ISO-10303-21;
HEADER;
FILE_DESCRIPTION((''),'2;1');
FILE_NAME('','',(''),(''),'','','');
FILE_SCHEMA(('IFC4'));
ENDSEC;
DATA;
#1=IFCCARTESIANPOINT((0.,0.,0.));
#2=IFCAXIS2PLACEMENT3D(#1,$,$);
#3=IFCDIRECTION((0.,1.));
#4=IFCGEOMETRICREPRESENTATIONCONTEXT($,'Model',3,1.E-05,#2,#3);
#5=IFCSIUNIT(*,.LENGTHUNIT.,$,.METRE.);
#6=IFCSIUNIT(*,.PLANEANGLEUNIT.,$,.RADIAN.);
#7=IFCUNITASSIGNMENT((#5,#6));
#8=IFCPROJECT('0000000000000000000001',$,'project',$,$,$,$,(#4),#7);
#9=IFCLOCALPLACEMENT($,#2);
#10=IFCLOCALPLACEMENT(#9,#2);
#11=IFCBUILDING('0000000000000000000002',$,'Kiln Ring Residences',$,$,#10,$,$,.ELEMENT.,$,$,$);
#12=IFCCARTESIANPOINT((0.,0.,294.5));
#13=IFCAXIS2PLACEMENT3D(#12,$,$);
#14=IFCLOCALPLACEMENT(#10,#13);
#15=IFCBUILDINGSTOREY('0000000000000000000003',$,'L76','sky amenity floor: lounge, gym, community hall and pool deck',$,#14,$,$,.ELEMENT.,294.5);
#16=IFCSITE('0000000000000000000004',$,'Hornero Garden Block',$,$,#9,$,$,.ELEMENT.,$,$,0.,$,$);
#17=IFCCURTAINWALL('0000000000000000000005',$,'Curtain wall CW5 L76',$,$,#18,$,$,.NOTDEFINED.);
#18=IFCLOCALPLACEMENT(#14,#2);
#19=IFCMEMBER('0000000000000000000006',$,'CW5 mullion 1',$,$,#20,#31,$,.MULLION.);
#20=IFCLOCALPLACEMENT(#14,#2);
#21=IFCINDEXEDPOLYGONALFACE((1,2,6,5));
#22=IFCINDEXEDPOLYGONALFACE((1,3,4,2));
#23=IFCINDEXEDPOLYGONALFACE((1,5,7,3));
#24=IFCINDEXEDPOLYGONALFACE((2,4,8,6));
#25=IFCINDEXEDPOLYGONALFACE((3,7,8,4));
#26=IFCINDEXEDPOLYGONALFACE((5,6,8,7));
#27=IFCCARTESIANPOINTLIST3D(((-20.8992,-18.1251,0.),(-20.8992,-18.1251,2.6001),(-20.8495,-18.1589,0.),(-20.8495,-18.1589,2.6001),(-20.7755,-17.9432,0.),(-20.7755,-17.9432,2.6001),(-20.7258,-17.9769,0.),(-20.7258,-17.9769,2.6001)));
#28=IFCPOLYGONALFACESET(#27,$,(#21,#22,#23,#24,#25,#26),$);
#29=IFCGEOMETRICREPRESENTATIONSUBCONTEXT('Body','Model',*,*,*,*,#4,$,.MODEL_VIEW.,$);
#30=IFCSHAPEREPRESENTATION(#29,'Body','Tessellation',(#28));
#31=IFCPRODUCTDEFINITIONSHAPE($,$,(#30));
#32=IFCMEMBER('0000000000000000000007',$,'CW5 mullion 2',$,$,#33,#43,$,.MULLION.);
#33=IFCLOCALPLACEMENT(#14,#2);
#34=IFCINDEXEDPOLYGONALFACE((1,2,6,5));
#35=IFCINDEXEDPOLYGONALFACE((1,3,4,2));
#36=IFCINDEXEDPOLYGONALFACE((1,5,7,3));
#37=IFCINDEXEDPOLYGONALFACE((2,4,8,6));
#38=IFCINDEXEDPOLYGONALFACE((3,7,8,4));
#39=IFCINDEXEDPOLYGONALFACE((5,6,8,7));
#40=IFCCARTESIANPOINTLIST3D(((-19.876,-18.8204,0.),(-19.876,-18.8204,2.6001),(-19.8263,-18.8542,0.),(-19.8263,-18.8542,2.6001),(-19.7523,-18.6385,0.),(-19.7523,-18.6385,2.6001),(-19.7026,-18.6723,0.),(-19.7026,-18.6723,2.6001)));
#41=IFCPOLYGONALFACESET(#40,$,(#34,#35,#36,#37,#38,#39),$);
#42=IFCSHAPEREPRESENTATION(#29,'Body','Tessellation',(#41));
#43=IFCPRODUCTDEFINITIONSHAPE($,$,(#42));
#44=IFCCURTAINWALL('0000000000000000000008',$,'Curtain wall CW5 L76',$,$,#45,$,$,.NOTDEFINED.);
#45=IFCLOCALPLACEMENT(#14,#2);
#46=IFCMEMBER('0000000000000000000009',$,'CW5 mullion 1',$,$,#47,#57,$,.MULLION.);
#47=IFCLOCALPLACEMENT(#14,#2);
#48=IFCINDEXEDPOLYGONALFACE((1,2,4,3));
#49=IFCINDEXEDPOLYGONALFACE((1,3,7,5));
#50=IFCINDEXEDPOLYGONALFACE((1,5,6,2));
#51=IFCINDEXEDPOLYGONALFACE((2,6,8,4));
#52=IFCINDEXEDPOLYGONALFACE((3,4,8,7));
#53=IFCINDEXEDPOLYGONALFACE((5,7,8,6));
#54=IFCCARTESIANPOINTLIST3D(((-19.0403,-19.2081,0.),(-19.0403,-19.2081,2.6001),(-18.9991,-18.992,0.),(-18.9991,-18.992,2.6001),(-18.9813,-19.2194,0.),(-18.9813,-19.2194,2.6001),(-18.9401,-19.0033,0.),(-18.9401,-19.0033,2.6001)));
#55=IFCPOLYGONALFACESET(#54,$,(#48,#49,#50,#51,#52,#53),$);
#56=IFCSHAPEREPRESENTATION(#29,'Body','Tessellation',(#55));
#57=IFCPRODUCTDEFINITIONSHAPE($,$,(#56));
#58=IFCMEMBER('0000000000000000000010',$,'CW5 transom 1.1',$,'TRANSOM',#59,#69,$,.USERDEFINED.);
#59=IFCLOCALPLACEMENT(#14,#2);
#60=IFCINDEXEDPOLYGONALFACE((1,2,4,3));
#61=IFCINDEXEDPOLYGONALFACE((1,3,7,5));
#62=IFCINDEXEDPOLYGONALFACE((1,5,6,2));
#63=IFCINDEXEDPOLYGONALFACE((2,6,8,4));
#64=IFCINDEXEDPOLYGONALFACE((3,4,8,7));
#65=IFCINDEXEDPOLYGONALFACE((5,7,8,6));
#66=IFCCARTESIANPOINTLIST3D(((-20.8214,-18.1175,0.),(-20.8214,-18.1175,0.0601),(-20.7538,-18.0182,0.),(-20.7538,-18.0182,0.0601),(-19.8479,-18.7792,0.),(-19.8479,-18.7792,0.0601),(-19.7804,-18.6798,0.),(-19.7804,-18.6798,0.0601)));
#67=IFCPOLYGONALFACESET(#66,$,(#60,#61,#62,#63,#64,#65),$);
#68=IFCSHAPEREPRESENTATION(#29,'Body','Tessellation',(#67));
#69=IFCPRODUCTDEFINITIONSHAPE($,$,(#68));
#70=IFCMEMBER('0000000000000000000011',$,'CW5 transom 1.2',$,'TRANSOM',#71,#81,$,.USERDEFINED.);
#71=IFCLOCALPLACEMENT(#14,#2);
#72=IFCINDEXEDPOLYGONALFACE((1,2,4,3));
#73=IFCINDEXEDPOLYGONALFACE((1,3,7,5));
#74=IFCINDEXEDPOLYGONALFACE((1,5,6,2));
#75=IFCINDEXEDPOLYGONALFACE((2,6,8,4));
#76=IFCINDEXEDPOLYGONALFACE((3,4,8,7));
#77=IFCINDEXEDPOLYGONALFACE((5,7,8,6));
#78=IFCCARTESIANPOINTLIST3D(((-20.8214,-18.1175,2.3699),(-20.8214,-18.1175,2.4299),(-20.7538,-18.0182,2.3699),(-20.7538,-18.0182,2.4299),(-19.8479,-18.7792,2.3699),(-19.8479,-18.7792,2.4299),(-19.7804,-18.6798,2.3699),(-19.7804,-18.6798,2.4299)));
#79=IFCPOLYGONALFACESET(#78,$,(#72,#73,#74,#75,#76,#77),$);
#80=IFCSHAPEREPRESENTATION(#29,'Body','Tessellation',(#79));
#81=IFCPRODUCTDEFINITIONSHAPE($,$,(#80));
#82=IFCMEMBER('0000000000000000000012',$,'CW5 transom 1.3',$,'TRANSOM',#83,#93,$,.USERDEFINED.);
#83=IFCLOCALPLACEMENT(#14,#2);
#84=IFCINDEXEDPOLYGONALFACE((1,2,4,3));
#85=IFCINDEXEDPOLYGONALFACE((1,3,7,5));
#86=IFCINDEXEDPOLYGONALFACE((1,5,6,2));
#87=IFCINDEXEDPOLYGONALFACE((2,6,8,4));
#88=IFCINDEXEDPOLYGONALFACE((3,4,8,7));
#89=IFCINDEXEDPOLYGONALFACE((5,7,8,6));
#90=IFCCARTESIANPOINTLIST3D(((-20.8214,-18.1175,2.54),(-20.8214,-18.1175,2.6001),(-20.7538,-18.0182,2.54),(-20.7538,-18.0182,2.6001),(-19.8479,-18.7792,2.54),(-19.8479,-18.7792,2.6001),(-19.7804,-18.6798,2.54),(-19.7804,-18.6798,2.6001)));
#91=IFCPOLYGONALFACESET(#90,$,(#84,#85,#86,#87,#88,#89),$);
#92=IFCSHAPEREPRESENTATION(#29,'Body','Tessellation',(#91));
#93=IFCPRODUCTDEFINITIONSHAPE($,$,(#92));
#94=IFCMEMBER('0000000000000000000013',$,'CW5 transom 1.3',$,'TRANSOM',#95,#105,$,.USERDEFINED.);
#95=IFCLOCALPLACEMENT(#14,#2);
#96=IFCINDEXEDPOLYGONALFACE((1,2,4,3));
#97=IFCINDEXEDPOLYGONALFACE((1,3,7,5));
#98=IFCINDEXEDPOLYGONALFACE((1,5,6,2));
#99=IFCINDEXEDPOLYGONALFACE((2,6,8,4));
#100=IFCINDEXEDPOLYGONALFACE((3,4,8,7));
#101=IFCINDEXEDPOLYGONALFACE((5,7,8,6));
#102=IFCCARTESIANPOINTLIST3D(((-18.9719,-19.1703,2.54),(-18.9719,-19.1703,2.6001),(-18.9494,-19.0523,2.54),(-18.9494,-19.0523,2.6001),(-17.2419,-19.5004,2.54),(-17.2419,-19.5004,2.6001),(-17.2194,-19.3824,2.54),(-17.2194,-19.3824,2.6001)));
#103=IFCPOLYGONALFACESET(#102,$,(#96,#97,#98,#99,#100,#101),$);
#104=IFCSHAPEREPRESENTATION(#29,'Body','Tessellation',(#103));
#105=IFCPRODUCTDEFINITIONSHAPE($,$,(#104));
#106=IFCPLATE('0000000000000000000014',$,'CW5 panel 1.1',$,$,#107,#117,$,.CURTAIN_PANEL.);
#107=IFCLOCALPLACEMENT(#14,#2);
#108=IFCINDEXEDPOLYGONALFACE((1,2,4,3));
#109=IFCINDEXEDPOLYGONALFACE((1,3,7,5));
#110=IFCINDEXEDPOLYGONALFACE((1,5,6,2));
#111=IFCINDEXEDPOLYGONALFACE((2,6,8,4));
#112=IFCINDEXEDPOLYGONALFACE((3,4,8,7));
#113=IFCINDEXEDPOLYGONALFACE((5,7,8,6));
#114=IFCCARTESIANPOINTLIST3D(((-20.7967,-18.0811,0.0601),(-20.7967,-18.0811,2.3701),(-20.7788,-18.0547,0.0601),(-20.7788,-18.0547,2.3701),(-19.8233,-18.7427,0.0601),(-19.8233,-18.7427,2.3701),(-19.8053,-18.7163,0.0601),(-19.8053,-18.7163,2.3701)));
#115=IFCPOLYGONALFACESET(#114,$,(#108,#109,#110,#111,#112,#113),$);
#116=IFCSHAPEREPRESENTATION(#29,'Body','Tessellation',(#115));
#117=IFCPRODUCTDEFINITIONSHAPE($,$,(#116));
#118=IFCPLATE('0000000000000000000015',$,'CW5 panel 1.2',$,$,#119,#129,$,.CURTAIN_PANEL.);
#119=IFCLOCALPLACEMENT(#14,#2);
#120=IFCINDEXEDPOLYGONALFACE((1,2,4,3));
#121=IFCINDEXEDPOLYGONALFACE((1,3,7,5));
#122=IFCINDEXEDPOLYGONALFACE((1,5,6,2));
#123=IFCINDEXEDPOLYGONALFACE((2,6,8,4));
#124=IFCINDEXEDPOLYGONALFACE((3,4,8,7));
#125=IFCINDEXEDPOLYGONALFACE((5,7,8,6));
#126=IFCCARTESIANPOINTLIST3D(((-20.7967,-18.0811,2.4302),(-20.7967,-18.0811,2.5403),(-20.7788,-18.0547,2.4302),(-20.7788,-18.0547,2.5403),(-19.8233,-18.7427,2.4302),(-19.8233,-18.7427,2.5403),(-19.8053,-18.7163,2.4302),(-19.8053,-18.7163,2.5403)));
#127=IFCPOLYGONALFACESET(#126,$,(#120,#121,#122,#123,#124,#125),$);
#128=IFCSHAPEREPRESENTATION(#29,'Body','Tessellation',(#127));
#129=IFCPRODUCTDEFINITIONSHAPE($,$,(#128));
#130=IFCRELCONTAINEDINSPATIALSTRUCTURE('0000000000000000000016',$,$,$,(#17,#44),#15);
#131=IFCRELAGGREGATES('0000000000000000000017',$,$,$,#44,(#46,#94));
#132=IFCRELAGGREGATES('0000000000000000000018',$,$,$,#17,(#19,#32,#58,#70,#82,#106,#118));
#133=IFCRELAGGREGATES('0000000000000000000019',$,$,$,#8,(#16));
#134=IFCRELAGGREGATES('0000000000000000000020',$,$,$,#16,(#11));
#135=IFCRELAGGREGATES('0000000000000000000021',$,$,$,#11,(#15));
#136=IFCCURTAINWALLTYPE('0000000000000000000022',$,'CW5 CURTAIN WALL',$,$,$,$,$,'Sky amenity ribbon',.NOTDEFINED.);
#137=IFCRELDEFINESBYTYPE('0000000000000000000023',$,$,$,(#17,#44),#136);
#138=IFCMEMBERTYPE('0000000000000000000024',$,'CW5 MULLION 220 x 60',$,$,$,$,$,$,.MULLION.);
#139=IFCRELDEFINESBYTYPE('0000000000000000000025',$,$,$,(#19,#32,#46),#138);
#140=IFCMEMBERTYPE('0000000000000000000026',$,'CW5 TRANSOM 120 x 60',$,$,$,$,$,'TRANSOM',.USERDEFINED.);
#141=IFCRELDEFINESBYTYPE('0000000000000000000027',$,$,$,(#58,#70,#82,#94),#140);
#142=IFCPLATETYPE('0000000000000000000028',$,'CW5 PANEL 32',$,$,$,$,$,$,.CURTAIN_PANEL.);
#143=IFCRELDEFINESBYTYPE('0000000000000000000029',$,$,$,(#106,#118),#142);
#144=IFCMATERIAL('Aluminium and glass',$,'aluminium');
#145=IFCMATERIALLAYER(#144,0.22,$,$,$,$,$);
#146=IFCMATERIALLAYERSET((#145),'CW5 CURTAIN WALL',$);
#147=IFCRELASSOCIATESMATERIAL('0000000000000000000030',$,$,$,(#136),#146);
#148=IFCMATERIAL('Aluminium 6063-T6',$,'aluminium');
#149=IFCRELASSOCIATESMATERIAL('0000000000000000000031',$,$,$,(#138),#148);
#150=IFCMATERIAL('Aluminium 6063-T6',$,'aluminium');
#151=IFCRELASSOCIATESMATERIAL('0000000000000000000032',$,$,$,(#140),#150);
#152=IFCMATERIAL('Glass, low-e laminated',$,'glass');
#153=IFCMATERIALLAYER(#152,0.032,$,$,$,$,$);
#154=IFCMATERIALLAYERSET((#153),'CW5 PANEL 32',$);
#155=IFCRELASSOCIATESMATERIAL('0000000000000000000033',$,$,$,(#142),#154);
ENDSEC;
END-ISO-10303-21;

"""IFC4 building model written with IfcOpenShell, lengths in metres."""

from ifc_helpers import new_model, si_unit, direction, frame, origin, origin_2d, place, context, subcontext, project, spatial, rectangle, extrude, material, layer, layer_set, material_profile, profile_set, type_object, element, aggregate, save


model = new_model("IFC4")

# Units and contexts
model_context = context("Model", 3, precision=1e-05, world=origin(), true_north=direction((0.0, 1.0)))
body_context = subcontext(model_context, "Body", "Model", "MODEL_VIEW")
ifc_project = project(units=[si_unit("LENGTHUNIT", "METRE"), si_unit("PLANEANGLEUNIT", "RADIAN")], contexts=[model_context])

# Site, building, storey
site_placement = place(None, origin())
site = spatial("IfcSite", under=ifc_project, at=site_placement, Name="Hornero Garden Block", CompositionType="ELEMENT", RefElevation=0.0)
building_placement = place(site_placement, origin())
building = spatial("IfcBuilding", under=site, at=building_placement, Name="Kiln Ring Residences", CompositionType="ELEMENT")
storey_placement = place(building_placement, frame((0.0, 0.0, 294.5)))
storey = spatial("IfcBuildingStorey", under=building, at=storey_placement, Name="L76", Description="sky amenity floor: lounge, gym, community hall and pool deck", CompositionType="ELEMENT", Elevation=294.5)

# Curtain wall, members
ifc_material_1 = material(Name="Aluminium and glass", Category="aluminium")
ifc_layer_1 = layer(ifc_material_1, 0.22)
ifc_layer_set_1 = layer_set([ifc_layer_1], Name="CW5 CURTAIN WALL")
curtain_wall_type = type_object("IfcCurtainWallType", Name="CW5 CURTAIN WALL", ElementType="Sky amenity ribbon", PredefinedType="NOTDEFINED", material=ifc_layer_set_1)
placement = place(storey_placement, origin())
curtain_wall_1 = element("IfcCurtainWall", 1, at=placement, inside=storey, type_object=curtain_wall_type, Name="Curtain wall CW5 L76", PredefinedType="NOTDEFINED")
ifc_material_2 = material(Name="Aluminium 6063-T6", Category="aluminium")
ifc_material_profile_1 = material_profile(ifc_material_2, rectangle(XDim=0.22, YDim=0.0601, at=origin_2d()), Name="AL 220x60")
ifc_profile_set_1 = profile_set([ifc_material_profile_1], Name="Aluminium 6063-T6")
member_type_1 = type_object("IfcMemberType", Name="CW5 MULLION 220 x 60", PredefinedType="MULLION", material=ifc_profile_set_1)
member_1_placement = place(storey_placement, frame((-20.8125, -18.051, 0.0), z_axis=(0.0, 0.0, 1.0), x_axis=(0.562097, 0.827072, 0.0)))
member_1 = element("IfcMember", 2, at=member_1_placement, type_object=member_type_1, Name="CW5 mullion 1", PredefinedType="MULLION", context=body_context, shape_type="SweptSolid", body=[
    extrude(rectangle(XDim=0.22, YDim=0.0601, at=origin_2d()), origin(), (0.0, 0.0, 1.0), 2.6001),
])
member_2_placement = place(storey_placement, frame((-19.7893, -18.7463, 0.0), z_axis=(0.0, 0.0, 1.0), x_axis=(0.562097, 0.827072, 0.0)))
member_2 = element("IfcMember", 3, at=member_2_placement, type_object=member_type_1, Name="CW5 mullion 2", PredefinedType="MULLION", context=body_context, shape_type="SweptSolid", body=[
    extrude(rectangle(XDim=0.22, YDim=0.0601, at=origin_2d()), origin(), (0.0, 0.0, 1.0), 2.6001),
])

# Curtain wall, member
curtain_wall_2 = element("IfcCurtainWall", 4, at=placement, inside=storey, type_object=curtain_wall_type, Name="Curtain wall CW5 L76", PredefinedType="NOTDEFINED")
member_3_placement = place(storey_placement, frame((-18.9902, -19.1057, 0.0), z_axis=(0.0, 0.0, 1.0), x_axis=(0.187366, 0.98229, 0.0)))
member_3 = element("IfcMember", 5, at=member_3_placement, type_object=member_type_1, Name="CW5 mullion 1", PredefinedType="MULLION", context=body_context, shape_type="SweptSolid", body=[
    extrude(rectangle(XDim=0.22, YDim=0.0601, at=origin_2d()), origin(), (0.0, 0.0, 1.0), 2.6001),
])

# Members
ifc_material_3 = material(Name="Aluminium 6063-T6", Category="aluminium")
ifc_material_profile_2 = material_profile(ifc_material_3, rectangle(XDim=0.1201, YDim=0.0601, at=origin_2d()), Name="AL 120x60")
ifc_profile_set_2 = profile_set([ifc_material_profile_2], Name="Aluminium 6063-T6")
member_type_2 = type_object("IfcMemberType", Name="CW5 TRANSOM 120 x 60", ElementType="TRANSOM", PredefinedType="USERDEFINED", material=ifc_profile_set_2)
member_4_placement = place(storey_placement, frame((-20.7876, -18.0679, 0.03), z_axis=(0.827038, -0.562145, 0.0), x_axis=(0.562145, 0.827038, 0.0)))
member_4 = element("IfcMember", 6, at=member_4_placement, type_object=member_type_2, Name="CW5 transom 1.1", ObjectType="TRANSOM", PredefinedType="USERDEFINED", context=body_context, shape_type="SweptSolid", body=[
    extrude(rectangle(XDim=0.1201, YDim=0.0601, at=origin_2d()), origin(), (0.0, 0.0, 1.0), 1.177),
])
member_5_placement = place(storey_placement, frame((-20.7876, -18.0679, 2.3999), z_axis=(0.827038, -0.562145, 0.0), x_axis=(0.562145, 0.827038, 0.0)))
member_5 = element("IfcMember", 7, at=member_5_placement, type_object=member_type_2, Name="CW5 transom 1.2", ObjectType="TRANSOM", PredefinedType="USERDEFINED", context=body_context, shape_type="SweptSolid", body=[
    extrude(rectangle(XDim=0.1201, YDim=0.0601, at=origin_2d()), origin(), (0.0, 0.0, 1.0), 1.177),
])
member_6_placement = place(storey_placement, frame((-20.7876, -18.0679, 2.5701), z_axis=(0.827038, -0.562145, 0.0), x_axis=(0.562145, 0.827038, 0.0)))
member_6 = element("IfcMember", 8, at=member_6_placement, type_object=member_type_2, Name="CW5 transom 1.3", ObjectType="TRANSOM", PredefinedType="USERDEFINED", context=body_context, shape_type="SweptSolid", body=[
    extrude(rectangle(XDim=0.1201, YDim=0.0601, at=origin_2d()), origin(), (0.0, 0.0, 1.0), 1.177),
])
member_7_placement = place(storey_placement, frame((-18.9607, -19.1113, 2.5701), z_axis=(0.98228, -0.187418, 0.0), x_axis=(0.187418, 0.98228, 0.0)))
member_7 = element("IfcMember", 9, at=member_7_placement, type_object=member_type_2, Name="CW5 transom 1.3", ObjectType="TRANSOM", PredefinedType="USERDEFINED", context=body_context, shape_type="SweptSolid", body=[
    extrude(rectangle(XDim=0.1201, YDim=0.0601, at=origin_2d()), origin(), (0.0, 0.0, 1.0), 1.7612),
])
aggregate(curtain_wall_2, [member_3, member_7])

# Plates
ifc_material_4 = material(Name="Glass, low-e laminated", Category="glass")
ifc_layer_2 = layer(ifc_material_4, 0.032)
ifc_layer_set_2 = layer_set([ifc_layer_2], Name="CW5 PANEL 32")
plate_type = type_object("IfcPlateType", Name="CW5 PANEL 32", PredefinedType="CURTAIN_PANEL", material=ifc_layer_set_2)
plate_1_placement = place(storey_placement, frame((-20.301, -18.3987, 0.0601), z_axis=(0.0, 0.0, 1.0), x_axis=(0.827072, -0.562097, 0.0)))
plate_1 = element("IfcPlate", 10, at=plate_1_placement, type_object=plate_type, Name="CW5 panel 1.1", PredefinedType="CURTAIN_PANEL", context=body_context, shape_type="SweptSolid", body=[
    extrude(rectangle(XDim=1.177, YDim=0.032, at=origin_2d()), origin(), (0.0, 0.0, 1.0), 2.3101),
])
plate_2_placement = place(storey_placement, frame((-20.301, -18.3987, 2.4302), z_axis=(0.0, 0.0, 1.0), x_axis=(0.827072, -0.562097, 0.0)))
plate_2 = element("IfcPlate", 11, at=plate_2_placement, type_object=plate_type, Name="CW5 panel 1.2", PredefinedType="CURTAIN_PANEL", context=body_context, shape_type="SweptSolid", body=[
    extrude(rectangle(XDim=1.177, YDim=0.032, at=origin_2d()), origin(), (0.0, 0.0, 1.0), 0.1101),
])
aggregate(curtain_wall_1, [member_1, member_2, member_4, member_5, member_6, plate_1, plate_2])

save(model, "model.ifc")
